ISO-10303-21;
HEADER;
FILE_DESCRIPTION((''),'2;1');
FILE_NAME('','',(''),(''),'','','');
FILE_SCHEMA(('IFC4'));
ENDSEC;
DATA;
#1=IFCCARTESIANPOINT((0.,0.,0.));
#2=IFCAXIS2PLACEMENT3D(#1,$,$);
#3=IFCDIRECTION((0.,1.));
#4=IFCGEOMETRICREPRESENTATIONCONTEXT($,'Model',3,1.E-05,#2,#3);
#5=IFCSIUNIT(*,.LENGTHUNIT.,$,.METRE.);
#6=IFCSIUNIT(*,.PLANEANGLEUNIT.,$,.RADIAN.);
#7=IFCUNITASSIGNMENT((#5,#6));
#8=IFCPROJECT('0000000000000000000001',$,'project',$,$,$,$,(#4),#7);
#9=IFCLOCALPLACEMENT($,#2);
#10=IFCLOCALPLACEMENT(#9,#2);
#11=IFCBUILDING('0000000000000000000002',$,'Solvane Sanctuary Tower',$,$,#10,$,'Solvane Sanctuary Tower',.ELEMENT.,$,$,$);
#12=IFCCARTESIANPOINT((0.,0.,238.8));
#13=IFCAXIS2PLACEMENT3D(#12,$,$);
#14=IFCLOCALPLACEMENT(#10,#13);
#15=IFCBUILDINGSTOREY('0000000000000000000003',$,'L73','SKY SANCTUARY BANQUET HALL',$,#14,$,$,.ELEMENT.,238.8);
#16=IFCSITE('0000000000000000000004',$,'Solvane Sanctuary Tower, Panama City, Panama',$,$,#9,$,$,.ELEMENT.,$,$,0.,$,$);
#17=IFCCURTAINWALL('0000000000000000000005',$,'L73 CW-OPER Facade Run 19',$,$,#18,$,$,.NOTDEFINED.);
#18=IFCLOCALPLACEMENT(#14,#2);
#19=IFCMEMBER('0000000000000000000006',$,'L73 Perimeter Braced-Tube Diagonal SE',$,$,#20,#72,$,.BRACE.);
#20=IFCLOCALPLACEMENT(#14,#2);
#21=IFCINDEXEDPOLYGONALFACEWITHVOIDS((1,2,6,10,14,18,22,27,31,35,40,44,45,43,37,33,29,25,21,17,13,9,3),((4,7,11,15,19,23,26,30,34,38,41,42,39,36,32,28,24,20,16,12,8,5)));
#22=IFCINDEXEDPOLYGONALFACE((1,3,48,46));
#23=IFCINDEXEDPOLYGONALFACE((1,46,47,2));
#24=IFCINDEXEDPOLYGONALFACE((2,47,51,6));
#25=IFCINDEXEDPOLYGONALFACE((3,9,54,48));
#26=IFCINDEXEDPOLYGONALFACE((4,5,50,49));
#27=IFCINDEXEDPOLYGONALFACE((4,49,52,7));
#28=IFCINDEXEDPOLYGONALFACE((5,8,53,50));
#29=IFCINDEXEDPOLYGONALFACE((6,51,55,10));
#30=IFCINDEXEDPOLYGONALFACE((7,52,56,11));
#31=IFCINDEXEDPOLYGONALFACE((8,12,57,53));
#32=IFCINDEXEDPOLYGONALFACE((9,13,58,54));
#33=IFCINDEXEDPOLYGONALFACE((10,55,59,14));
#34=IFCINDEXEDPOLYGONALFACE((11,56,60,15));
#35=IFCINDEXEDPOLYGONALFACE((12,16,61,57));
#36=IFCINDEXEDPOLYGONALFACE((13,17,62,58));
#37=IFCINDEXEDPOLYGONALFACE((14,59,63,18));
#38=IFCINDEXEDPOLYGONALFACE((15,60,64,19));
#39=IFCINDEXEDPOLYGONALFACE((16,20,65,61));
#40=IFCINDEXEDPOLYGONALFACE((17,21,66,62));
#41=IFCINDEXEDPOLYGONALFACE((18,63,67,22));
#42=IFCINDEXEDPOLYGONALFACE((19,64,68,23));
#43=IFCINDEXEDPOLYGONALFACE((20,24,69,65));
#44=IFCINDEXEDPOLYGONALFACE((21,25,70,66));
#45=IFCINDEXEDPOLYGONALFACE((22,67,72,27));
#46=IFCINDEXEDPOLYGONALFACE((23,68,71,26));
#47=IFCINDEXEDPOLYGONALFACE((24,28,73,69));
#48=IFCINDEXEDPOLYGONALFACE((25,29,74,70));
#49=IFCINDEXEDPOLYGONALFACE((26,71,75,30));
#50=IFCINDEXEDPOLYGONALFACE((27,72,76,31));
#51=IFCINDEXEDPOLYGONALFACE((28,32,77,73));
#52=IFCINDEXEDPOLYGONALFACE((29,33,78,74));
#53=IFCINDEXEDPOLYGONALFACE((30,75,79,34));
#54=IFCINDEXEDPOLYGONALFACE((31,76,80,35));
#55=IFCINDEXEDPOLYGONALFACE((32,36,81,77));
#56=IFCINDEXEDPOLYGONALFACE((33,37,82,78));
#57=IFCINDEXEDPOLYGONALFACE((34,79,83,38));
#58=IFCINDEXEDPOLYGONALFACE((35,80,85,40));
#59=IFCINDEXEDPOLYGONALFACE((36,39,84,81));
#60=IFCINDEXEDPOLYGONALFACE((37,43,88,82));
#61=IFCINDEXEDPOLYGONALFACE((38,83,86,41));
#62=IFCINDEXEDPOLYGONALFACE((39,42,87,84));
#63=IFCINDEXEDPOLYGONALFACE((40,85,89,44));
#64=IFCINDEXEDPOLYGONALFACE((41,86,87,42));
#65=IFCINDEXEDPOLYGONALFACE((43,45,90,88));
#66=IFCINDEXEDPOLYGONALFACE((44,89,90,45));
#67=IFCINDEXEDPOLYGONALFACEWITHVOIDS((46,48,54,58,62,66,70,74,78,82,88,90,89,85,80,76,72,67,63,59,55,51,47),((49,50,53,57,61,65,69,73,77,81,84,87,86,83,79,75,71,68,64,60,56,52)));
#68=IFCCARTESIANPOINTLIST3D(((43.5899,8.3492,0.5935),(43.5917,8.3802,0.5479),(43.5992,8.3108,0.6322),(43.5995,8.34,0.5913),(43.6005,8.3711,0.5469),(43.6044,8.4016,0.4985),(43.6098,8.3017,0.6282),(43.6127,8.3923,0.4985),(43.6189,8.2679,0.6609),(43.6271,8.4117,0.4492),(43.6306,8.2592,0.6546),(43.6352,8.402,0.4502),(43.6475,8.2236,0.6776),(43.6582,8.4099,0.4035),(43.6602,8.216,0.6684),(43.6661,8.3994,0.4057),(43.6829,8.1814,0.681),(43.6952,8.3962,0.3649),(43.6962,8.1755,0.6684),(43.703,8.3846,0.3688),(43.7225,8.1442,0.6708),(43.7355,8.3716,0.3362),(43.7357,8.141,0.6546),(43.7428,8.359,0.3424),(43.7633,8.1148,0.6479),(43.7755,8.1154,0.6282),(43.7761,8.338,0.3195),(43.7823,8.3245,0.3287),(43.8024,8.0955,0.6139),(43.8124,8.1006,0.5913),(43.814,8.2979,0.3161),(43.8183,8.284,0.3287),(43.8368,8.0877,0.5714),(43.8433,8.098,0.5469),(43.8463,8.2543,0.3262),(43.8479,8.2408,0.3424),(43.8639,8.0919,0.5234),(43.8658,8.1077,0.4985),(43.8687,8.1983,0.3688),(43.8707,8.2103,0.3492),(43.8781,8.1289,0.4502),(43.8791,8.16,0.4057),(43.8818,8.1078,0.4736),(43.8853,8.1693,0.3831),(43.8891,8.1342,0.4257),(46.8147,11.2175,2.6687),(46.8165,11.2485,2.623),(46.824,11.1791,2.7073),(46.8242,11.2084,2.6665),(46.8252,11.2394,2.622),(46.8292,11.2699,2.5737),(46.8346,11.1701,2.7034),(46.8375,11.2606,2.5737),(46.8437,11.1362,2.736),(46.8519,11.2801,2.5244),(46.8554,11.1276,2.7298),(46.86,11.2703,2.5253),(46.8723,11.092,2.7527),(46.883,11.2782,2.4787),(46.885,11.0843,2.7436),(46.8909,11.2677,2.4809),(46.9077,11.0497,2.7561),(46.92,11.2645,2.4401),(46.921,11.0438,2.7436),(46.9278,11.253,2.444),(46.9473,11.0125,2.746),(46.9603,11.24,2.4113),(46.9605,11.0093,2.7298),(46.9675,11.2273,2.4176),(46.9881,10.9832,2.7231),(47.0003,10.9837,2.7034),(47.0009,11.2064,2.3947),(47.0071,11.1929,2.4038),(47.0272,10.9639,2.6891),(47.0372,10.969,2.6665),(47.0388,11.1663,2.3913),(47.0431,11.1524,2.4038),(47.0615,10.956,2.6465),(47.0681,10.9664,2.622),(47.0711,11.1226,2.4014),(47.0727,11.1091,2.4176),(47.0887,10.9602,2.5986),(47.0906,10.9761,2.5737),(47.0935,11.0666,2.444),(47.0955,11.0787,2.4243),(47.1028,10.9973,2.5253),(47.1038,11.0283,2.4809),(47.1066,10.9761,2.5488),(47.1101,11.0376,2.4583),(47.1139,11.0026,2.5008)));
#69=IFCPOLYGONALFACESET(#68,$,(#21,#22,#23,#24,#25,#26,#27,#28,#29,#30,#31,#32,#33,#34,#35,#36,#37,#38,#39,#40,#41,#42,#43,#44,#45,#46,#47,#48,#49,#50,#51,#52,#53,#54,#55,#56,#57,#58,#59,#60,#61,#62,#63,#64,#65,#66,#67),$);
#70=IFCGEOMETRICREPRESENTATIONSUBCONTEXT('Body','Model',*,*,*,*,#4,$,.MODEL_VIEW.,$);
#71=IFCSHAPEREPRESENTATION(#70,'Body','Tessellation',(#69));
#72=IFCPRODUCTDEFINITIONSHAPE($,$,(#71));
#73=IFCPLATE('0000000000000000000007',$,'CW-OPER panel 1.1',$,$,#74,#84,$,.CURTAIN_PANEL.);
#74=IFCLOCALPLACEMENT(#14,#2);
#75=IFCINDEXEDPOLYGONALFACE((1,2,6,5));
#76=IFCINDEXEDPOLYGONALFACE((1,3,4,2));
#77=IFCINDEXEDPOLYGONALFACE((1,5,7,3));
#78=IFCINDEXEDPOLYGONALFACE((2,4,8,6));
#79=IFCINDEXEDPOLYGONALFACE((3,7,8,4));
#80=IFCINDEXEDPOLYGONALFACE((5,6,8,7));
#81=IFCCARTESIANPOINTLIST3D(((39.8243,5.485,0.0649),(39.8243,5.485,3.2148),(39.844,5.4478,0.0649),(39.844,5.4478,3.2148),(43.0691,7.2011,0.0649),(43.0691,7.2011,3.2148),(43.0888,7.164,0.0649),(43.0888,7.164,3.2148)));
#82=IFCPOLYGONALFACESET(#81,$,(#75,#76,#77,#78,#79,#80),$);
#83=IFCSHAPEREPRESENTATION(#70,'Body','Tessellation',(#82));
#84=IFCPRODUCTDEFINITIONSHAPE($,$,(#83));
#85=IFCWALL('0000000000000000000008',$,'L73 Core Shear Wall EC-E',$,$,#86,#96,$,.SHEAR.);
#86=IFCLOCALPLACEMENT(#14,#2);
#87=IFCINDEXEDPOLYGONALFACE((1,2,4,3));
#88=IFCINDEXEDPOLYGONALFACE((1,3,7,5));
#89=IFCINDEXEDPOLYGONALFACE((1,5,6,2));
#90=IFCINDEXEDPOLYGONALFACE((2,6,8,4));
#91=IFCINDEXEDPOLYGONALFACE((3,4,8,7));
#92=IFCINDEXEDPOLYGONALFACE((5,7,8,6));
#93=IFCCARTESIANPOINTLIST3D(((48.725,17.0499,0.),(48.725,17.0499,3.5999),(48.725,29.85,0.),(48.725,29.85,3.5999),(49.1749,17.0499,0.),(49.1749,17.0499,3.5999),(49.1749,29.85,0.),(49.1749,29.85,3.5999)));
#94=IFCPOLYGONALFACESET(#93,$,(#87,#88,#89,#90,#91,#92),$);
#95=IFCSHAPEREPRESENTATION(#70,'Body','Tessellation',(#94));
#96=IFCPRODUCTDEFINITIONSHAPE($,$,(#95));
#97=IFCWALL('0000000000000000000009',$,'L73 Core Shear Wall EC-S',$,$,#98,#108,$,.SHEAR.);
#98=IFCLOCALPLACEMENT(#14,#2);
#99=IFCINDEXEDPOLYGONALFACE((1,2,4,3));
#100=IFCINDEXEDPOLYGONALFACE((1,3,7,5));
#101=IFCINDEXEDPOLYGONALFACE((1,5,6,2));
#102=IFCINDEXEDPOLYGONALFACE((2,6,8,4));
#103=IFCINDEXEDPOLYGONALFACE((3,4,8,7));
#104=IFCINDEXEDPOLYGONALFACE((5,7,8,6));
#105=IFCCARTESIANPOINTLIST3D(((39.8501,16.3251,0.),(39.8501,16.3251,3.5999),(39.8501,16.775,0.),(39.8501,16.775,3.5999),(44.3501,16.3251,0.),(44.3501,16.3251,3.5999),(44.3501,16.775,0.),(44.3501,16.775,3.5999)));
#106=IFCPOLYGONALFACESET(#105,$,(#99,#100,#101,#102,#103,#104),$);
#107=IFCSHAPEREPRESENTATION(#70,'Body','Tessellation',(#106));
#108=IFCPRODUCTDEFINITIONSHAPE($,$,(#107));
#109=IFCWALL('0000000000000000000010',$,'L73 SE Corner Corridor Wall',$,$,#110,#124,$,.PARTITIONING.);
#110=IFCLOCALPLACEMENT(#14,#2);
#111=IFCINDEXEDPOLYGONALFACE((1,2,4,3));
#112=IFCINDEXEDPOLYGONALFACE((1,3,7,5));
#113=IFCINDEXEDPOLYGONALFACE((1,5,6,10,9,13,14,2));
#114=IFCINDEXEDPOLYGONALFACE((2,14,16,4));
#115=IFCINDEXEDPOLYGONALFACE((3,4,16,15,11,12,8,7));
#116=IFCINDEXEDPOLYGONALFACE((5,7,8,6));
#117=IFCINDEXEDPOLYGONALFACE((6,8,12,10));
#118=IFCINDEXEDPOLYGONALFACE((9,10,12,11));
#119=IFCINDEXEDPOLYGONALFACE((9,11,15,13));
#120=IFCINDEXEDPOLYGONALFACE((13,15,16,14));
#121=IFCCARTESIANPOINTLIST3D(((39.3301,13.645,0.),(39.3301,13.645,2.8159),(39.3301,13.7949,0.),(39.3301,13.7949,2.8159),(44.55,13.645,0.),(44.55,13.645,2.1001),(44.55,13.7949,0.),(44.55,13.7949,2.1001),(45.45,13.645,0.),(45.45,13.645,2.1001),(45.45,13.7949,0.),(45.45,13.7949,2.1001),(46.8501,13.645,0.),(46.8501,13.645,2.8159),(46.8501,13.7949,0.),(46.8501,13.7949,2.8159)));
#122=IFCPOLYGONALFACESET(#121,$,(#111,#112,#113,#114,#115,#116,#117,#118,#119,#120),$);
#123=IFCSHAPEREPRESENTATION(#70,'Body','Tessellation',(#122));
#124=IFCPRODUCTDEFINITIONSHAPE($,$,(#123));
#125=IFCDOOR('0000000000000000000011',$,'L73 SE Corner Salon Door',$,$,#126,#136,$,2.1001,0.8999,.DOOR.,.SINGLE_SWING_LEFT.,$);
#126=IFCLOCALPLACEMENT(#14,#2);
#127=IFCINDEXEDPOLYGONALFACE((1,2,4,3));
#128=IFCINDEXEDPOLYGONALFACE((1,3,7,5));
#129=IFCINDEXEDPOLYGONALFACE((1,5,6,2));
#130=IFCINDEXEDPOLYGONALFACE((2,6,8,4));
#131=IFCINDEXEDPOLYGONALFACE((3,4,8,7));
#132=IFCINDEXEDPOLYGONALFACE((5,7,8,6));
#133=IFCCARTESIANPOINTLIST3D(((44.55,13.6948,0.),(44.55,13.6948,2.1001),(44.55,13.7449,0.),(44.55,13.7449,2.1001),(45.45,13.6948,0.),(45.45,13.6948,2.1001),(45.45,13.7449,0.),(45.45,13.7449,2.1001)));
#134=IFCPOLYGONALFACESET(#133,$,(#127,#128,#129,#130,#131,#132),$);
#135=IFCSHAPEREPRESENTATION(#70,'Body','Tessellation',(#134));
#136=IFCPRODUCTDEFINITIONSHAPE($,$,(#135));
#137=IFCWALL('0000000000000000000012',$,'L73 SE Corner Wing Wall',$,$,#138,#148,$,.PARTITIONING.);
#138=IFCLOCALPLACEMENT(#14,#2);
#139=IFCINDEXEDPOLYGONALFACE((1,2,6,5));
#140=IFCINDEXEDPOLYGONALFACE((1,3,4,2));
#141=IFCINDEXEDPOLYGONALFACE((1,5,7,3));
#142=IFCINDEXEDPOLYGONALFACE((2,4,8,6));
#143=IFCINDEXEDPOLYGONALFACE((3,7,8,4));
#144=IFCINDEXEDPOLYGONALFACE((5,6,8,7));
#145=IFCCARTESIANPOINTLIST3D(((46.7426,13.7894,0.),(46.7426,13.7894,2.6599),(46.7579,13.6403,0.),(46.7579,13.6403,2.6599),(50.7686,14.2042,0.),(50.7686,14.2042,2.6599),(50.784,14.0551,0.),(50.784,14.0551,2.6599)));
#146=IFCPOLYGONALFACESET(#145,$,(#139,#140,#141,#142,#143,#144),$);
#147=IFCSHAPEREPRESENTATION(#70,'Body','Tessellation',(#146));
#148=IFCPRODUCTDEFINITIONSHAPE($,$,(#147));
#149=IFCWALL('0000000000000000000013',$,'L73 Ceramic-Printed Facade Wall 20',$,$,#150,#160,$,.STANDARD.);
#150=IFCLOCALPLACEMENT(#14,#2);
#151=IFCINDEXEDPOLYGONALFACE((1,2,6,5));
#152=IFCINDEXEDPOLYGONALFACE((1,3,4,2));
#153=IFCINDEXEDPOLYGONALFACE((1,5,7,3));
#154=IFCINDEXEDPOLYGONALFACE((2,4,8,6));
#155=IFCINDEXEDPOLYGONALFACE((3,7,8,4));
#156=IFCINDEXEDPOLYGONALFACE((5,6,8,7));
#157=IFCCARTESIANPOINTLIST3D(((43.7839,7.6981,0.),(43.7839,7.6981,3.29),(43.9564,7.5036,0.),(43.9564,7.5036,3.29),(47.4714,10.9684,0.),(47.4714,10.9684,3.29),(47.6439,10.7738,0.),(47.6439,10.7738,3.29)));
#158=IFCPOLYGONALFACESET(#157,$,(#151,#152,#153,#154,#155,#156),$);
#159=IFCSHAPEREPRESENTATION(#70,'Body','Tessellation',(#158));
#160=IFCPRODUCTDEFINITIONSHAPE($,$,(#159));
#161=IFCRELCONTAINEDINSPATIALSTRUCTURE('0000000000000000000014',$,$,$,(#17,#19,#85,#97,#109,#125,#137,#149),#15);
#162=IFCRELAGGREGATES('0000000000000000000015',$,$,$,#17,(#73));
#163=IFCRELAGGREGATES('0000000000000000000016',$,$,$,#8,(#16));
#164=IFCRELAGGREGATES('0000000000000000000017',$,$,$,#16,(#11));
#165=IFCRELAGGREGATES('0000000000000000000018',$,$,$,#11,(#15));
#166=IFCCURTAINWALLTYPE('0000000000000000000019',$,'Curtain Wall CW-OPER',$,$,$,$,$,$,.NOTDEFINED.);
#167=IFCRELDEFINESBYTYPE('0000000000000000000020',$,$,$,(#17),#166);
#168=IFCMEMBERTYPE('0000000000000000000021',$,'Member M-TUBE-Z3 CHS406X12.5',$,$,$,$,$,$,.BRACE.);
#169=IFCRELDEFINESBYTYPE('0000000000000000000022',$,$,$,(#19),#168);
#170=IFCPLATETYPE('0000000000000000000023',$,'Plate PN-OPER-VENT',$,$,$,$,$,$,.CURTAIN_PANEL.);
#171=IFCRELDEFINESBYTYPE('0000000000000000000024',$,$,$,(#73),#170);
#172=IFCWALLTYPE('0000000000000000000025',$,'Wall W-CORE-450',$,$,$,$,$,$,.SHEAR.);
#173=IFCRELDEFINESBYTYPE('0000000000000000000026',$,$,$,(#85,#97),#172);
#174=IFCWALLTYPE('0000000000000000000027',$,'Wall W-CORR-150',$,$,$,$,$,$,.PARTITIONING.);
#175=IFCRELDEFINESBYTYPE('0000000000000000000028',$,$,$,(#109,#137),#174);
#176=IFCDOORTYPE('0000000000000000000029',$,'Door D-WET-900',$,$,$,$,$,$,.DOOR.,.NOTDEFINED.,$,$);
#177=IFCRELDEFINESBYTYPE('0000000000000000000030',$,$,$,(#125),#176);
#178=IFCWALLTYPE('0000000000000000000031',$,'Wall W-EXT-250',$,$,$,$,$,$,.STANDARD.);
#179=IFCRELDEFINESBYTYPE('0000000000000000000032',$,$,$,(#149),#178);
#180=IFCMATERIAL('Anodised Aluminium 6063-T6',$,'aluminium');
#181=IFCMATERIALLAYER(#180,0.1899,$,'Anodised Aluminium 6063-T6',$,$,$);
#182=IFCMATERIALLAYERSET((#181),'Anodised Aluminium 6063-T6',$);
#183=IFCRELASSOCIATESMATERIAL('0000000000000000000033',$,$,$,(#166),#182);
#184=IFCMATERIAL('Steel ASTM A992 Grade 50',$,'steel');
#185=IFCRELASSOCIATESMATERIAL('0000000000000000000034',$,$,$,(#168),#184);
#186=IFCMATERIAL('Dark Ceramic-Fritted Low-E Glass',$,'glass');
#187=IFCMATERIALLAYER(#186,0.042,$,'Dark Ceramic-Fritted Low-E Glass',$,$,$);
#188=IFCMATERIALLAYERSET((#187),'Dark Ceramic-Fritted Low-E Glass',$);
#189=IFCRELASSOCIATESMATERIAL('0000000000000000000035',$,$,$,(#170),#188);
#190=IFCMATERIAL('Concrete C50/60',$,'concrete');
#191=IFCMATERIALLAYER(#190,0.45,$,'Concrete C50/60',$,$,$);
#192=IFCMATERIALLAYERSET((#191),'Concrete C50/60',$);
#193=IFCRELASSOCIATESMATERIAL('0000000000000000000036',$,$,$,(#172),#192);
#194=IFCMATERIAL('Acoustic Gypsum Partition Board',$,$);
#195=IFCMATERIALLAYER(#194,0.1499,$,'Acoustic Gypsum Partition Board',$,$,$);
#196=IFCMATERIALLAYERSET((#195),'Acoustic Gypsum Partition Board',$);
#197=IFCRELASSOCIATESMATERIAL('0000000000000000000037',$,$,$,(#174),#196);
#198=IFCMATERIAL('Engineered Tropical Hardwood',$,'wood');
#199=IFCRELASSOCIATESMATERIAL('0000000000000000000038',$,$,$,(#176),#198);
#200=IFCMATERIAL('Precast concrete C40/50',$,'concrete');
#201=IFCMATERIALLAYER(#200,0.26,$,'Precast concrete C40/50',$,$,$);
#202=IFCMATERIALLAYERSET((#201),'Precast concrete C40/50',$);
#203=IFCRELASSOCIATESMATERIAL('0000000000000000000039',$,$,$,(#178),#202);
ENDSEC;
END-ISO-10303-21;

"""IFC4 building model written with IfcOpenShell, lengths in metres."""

from ifc_helpers import new_model, si_unit, direction, frame, frame_2d, origin, origin_2d, place, context, subcontext, project, spatial, rectangle, hollow_circle, extrude, material, layer, layer_set, material_profile, profile_set, type_object, element, fill, aggregate, save


model = new_model("IFC4")

# Units and contexts
model_context = context("Model", 3, precision=1e-05, world=origin(), true_north=direction((0.0, 1.0)))
body_context = subcontext(model_context, "Body", "Model", "MODEL_VIEW")
ifc_project = project(units=[si_unit("LENGTHUNIT", "METRE"), si_unit("PLANEANGLEUNIT", "RADIAN")], contexts=[model_context])

# Site, building, storey
site_placement = place(None, origin())
site = spatial("IfcSite", under=ifc_project, at=site_placement, Name="Solvane Sanctuary Tower, Panama City, Panama", CompositionType="ELEMENT", RefElevation=0.0)
building_placement = place(site_placement, origin())
building = spatial("IfcBuilding", under=site, at=building_placement, Name="Solvane Sanctuary Tower", LongName="Solvane Sanctuary Tower", CompositionType="ELEMENT")
storey_placement = place(building_placement, frame((0.0, 0.0, 238.8)))
storey = spatial("IfcBuildingStorey", under=building, at=storey_placement, Name="L73", Description="SKY SANCTUARY BANQUET HALL", CompositionType="ELEMENT", Elevation=238.8)

# Shared definitions
ifc_material_1 = material(Name="Steel ASTM A992 Grade 50", Category="steel")

# Curtain wall
ifc_material_2 = material(Name="Anodised Aluminium 6063-T6", Category="aluminium")
ifc_layer_1 = layer(ifc_material_2, 0.1899, Name="Anodised Aluminium 6063-T6")
ifc_layer_set_1 = layer_set([ifc_layer_1], Name="Anodised Aluminium 6063-T6")
curtain_wall_type = type_object("IfcCurtainWallType", Name="Curtain Wall CW-OPER", PredefinedType="NOTDEFINED", material=ifc_layer_set_1)
curtain_wall_placement = place(storey_placement, origin())
curtain_wall = element("IfcCurtainWall", 1, at=curtain_wall_placement, inside=storey, type_object=curtain_wall_type, Name="L73 CW-OPER Facade Run 19", PredefinedType="NOTDEFINED")

# Member
ifc_material_profile_1 = material_profile(ifc_material_1, hollow_circle(Radius=0.2029, WallThickness=0.0125, at=origin_2d()), Name="CHS406X12.5")
ifc_profile_set_1 = profile_set([ifc_material_profile_1], Name="Steel ASTM A992 Grade 50")
member_type_1 = type_object("IfcMemberType", Name="Member M-TUBE-Z3 CHS406X12.5", PredefinedType="BRACE", material=ifc_profile_set_1)
member_1_placement = place(storey_placement, frame((43.7393, 8.25, 0.4985), z_axis=(0.673397, 0.598966, 0.433331), x_axis=(-0.664606, 0.747194, 0.0)))
element("IfcMember", 2, at=member_1_placement, inside=storey, type_object=member_type_1, Name="L73 Perimeter Braced-Tube Diagonal SE", PredefinedType="BRACE", context=body_context, shape_type="SweptSolid", body=[
    extrude(hollow_circle(Radius=0.2029, WallThickness=0.0125, at=origin_2d()), origin(), (0.0, 0.0, 1.0), 4.7888),
])

# Plate
ifc_material_3 = material(Name="Dark Ceramic-Fritted Low-E Glass", Category="glass")
ifc_layer_2 = layer(ifc_material_3, 0.042, Name="Dark Ceramic-Fritted Low-E Glass")
ifc_layer_set_2 = layer_set([ifc_layer_2], Name="Dark Ceramic-Fritted Low-E Glass")
plate_type = type_object("IfcPlateType", Name="Plate PN-OPER-VENT", PredefinedType="CURTAIN_PANEL", material=ifc_layer_set_2)
plate_placement = place(storey_placement, frame((41.4565, 6.3245, 0.0649), z_axis=(0.0, 0.0, 1.0), x_axis=(0.883981, 0.467523, 0.0)))
plate = element("IfcPlate", 3, at=plate_placement, type_object=plate_type, Name="CW-OPER panel 1.1", PredefinedType="CURTAIN_PANEL", context=body_context, shape_type="SweptSolid", body=[
    extrude(rectangle(XDim=3.6707, YDim=0.042, at=origin_2d()), origin(), (0.0, 0.0, 1.0), 3.1499),
])
aggregate(curtain_wall, [plate])

# Walls
ifc_material_4 = material(Name="Concrete C50/60", Category="concrete")
ifc_layer_3 = layer(ifc_material_4, 0.45, Name="Concrete C50/60")
ifc_layer_set_3 = layer_set([ifc_layer_3], Name="Concrete C50/60")
wall_type_1 = type_object("IfcWallType", Name="Wall W-CORE-450", PredefinedType="SHEAR", material=ifc_layer_set_3)
wall_1_placement = place(storey_placement, frame((48.95, 17.05, 0.0), z_axis=(0.0, 0.0, 1.0), x_axis=(0.0, 1.0, 0.0)))
element("IfcWall", 4, at=wall_1_placement, inside=storey, type_object=wall_type_1, Name="L73 Core Shear Wall EC-E", PredefinedType="SHEAR", context=body_context, shape_type="SweptSolid", body=[
    extrude(rectangle(XDim=12.8, YDim=0.45, at=frame_2d((6.3999, 0.0))), origin(), (0.0, 0.0, 1.0), 3.5999),
])
wall_2_placement = place(storey_placement, frame((39.8501, 16.55, 0.0), z_axis=(0.0, 0.0, 1.0), x_axis=(1.0, 0.0, 0.0)))
element("IfcWall", 5, at=wall_2_placement, inside=storey, type_object=wall_type_1, Name="L73 Core Shear Wall EC-S", PredefinedType="SHEAR", context=body_context, shape_type="SweptSolid", body=[
    extrude(rectangle(XDim=4.5, YDim=0.45, at=frame_2d((2.25, 0.0))), origin(), (0.0, 0.0, 1.0), 3.5999),
])

# Wall, opening, door
ifc_material_5 = material(Name="Acoustic Gypsum Partition Board")
ifc_layer_4 = layer(ifc_material_5, 0.1499, Name="Acoustic Gypsum Partition Board")
ifc_layer_set_4 = layer_set([ifc_layer_4], Name="Acoustic Gypsum Partition Board")
wall_type_2 = type_object("IfcWallType", Name="Wall W-CORR-150", PredefinedType="PARTITIONING", material=ifc_layer_set_4)
wall_3_placement = place(storey_placement, frame((39.3301, 13.72, 0.0), z_axis=(0.0, 0.0, 1.0), x_axis=(1.0, 0.0, 0.0)))
wall_3 = element("IfcWall", 6, at=wall_3_placement, inside=storey, type_object=wall_type_2, Name="L73 SE Corner Corridor Wall", PredefinedType="PARTITIONING", context=body_context, shape_type="SweptSolid", body=[
    extrude(rectangle(XDim=7.52, YDim=0.1499, at=frame_2d((3.76, 0.0))), origin(), (0.0, 0.0, 1.0), 2.8159),
])
opening_1_placement = place(wall_3_placement, frame((5.22, 0.0, 0.0)))
opening_1 = element("IfcOpeningElement", 7, at=opening_1_placement, cuts=wall_3, PredefinedType="OPENING", context=body_context, shape_type="SweptSolid", body=[
    extrude(rectangle(XDim=0.8999, YDim=2.1001, at=frame_2d((0.45, 1.05))), frame((0.0, 0.085, 0.0), z_axis=(0.0, -1.0, 0.0), x_axis=(1.0, 0.0, 0.0)), (0.0, 0.0, 1.0), 0.1699),
])
ifc_material_6 = material(Name="Engineered Tropical Hardwood", Category="wood")
door_type = type_object("IfcDoorType", Name="Door D-WET-900", OperationType="NOTDEFINED", PredefinedType="DOOR", material=ifc_material_6)
door_placement = place(opening_1_placement, origin())
door = element("IfcDoor", 8, at=door_placement, inside=storey, type_object=door_type, Name="L73 SE Corner Salon Door", OperationType="SINGLE_SWING_LEFT", OverallHeight=2.1001, OverallWidth=0.8999, PredefinedType="DOOR", context=body_context, shape_type="SweptSolid", body=[
    extrude(rectangle(XDim=0.8999, YDim=2.1001, at=frame_2d((0.45, 1.05))), frame((0.0, 0.0249, 0.0), z_axis=(0.0, -1.0, 0.0), x_axis=(1.0, 0.0, 0.0)), (0.0, 0.0, 1.0), 0.05),
])
fill(opening_1, door)

# Walls
wall_4_placement = place(storey_placement, frame((46.7502, 13.7148, 0.0), z_axis=(0.0, 0.0, 1.0), x_axis=(0.994735, 0.102483, 0.0)))
element("IfcWall", 9, at=wall_4_placement, inside=storey, type_object=wall_type_2, Name="L73 SE Corner Wing Wall", PredefinedType="PARTITIONING", context=body_context, shape_type="SweptSolid", body=[
    extrude(rectangle(XDim=4.0474, YDim=0.1499, at=frame_2d((2.0237, 0.0))), origin(), (0.0, 0.0, 1.0), 2.6599),
])
ifc_material_7 = material(Name="Precast concrete C40/50", Category="concrete")
ifc_layer_5 = layer(ifc_material_7, 0.26, Name="Precast concrete C40/50")
ifc_layer_set_5 = layer_set([ifc_layer_5], Name="Precast concrete C40/50")
wall_type_3 = type_object("IfcWallType", Name="Wall W-EXT-250", PredefinedType="STANDARD", material=ifc_layer_set_5)
wall_5_placement = place(storey_placement, frame((43.8701, 7.6008, 0.0), z_axis=(0.0, 0.0, 1.0), x_axis=(0.748166, 0.663512, 0.0)))
element("IfcWall", 10, at=wall_5_placement, inside=storey, type_object=wall_type_3, Name="L73 Ceramic-Printed Facade Wall 20", PredefinedType="STANDARD", context=body_context, shape_type="SweptSolid", body=[
    extrude(rectangle(XDim=4.9287, YDim=0.26, at=frame_2d((2.4644, 0.0))), origin(), (0.0, 0.0, 1.0), 3.29),
])

save(model, "model.ifc")
